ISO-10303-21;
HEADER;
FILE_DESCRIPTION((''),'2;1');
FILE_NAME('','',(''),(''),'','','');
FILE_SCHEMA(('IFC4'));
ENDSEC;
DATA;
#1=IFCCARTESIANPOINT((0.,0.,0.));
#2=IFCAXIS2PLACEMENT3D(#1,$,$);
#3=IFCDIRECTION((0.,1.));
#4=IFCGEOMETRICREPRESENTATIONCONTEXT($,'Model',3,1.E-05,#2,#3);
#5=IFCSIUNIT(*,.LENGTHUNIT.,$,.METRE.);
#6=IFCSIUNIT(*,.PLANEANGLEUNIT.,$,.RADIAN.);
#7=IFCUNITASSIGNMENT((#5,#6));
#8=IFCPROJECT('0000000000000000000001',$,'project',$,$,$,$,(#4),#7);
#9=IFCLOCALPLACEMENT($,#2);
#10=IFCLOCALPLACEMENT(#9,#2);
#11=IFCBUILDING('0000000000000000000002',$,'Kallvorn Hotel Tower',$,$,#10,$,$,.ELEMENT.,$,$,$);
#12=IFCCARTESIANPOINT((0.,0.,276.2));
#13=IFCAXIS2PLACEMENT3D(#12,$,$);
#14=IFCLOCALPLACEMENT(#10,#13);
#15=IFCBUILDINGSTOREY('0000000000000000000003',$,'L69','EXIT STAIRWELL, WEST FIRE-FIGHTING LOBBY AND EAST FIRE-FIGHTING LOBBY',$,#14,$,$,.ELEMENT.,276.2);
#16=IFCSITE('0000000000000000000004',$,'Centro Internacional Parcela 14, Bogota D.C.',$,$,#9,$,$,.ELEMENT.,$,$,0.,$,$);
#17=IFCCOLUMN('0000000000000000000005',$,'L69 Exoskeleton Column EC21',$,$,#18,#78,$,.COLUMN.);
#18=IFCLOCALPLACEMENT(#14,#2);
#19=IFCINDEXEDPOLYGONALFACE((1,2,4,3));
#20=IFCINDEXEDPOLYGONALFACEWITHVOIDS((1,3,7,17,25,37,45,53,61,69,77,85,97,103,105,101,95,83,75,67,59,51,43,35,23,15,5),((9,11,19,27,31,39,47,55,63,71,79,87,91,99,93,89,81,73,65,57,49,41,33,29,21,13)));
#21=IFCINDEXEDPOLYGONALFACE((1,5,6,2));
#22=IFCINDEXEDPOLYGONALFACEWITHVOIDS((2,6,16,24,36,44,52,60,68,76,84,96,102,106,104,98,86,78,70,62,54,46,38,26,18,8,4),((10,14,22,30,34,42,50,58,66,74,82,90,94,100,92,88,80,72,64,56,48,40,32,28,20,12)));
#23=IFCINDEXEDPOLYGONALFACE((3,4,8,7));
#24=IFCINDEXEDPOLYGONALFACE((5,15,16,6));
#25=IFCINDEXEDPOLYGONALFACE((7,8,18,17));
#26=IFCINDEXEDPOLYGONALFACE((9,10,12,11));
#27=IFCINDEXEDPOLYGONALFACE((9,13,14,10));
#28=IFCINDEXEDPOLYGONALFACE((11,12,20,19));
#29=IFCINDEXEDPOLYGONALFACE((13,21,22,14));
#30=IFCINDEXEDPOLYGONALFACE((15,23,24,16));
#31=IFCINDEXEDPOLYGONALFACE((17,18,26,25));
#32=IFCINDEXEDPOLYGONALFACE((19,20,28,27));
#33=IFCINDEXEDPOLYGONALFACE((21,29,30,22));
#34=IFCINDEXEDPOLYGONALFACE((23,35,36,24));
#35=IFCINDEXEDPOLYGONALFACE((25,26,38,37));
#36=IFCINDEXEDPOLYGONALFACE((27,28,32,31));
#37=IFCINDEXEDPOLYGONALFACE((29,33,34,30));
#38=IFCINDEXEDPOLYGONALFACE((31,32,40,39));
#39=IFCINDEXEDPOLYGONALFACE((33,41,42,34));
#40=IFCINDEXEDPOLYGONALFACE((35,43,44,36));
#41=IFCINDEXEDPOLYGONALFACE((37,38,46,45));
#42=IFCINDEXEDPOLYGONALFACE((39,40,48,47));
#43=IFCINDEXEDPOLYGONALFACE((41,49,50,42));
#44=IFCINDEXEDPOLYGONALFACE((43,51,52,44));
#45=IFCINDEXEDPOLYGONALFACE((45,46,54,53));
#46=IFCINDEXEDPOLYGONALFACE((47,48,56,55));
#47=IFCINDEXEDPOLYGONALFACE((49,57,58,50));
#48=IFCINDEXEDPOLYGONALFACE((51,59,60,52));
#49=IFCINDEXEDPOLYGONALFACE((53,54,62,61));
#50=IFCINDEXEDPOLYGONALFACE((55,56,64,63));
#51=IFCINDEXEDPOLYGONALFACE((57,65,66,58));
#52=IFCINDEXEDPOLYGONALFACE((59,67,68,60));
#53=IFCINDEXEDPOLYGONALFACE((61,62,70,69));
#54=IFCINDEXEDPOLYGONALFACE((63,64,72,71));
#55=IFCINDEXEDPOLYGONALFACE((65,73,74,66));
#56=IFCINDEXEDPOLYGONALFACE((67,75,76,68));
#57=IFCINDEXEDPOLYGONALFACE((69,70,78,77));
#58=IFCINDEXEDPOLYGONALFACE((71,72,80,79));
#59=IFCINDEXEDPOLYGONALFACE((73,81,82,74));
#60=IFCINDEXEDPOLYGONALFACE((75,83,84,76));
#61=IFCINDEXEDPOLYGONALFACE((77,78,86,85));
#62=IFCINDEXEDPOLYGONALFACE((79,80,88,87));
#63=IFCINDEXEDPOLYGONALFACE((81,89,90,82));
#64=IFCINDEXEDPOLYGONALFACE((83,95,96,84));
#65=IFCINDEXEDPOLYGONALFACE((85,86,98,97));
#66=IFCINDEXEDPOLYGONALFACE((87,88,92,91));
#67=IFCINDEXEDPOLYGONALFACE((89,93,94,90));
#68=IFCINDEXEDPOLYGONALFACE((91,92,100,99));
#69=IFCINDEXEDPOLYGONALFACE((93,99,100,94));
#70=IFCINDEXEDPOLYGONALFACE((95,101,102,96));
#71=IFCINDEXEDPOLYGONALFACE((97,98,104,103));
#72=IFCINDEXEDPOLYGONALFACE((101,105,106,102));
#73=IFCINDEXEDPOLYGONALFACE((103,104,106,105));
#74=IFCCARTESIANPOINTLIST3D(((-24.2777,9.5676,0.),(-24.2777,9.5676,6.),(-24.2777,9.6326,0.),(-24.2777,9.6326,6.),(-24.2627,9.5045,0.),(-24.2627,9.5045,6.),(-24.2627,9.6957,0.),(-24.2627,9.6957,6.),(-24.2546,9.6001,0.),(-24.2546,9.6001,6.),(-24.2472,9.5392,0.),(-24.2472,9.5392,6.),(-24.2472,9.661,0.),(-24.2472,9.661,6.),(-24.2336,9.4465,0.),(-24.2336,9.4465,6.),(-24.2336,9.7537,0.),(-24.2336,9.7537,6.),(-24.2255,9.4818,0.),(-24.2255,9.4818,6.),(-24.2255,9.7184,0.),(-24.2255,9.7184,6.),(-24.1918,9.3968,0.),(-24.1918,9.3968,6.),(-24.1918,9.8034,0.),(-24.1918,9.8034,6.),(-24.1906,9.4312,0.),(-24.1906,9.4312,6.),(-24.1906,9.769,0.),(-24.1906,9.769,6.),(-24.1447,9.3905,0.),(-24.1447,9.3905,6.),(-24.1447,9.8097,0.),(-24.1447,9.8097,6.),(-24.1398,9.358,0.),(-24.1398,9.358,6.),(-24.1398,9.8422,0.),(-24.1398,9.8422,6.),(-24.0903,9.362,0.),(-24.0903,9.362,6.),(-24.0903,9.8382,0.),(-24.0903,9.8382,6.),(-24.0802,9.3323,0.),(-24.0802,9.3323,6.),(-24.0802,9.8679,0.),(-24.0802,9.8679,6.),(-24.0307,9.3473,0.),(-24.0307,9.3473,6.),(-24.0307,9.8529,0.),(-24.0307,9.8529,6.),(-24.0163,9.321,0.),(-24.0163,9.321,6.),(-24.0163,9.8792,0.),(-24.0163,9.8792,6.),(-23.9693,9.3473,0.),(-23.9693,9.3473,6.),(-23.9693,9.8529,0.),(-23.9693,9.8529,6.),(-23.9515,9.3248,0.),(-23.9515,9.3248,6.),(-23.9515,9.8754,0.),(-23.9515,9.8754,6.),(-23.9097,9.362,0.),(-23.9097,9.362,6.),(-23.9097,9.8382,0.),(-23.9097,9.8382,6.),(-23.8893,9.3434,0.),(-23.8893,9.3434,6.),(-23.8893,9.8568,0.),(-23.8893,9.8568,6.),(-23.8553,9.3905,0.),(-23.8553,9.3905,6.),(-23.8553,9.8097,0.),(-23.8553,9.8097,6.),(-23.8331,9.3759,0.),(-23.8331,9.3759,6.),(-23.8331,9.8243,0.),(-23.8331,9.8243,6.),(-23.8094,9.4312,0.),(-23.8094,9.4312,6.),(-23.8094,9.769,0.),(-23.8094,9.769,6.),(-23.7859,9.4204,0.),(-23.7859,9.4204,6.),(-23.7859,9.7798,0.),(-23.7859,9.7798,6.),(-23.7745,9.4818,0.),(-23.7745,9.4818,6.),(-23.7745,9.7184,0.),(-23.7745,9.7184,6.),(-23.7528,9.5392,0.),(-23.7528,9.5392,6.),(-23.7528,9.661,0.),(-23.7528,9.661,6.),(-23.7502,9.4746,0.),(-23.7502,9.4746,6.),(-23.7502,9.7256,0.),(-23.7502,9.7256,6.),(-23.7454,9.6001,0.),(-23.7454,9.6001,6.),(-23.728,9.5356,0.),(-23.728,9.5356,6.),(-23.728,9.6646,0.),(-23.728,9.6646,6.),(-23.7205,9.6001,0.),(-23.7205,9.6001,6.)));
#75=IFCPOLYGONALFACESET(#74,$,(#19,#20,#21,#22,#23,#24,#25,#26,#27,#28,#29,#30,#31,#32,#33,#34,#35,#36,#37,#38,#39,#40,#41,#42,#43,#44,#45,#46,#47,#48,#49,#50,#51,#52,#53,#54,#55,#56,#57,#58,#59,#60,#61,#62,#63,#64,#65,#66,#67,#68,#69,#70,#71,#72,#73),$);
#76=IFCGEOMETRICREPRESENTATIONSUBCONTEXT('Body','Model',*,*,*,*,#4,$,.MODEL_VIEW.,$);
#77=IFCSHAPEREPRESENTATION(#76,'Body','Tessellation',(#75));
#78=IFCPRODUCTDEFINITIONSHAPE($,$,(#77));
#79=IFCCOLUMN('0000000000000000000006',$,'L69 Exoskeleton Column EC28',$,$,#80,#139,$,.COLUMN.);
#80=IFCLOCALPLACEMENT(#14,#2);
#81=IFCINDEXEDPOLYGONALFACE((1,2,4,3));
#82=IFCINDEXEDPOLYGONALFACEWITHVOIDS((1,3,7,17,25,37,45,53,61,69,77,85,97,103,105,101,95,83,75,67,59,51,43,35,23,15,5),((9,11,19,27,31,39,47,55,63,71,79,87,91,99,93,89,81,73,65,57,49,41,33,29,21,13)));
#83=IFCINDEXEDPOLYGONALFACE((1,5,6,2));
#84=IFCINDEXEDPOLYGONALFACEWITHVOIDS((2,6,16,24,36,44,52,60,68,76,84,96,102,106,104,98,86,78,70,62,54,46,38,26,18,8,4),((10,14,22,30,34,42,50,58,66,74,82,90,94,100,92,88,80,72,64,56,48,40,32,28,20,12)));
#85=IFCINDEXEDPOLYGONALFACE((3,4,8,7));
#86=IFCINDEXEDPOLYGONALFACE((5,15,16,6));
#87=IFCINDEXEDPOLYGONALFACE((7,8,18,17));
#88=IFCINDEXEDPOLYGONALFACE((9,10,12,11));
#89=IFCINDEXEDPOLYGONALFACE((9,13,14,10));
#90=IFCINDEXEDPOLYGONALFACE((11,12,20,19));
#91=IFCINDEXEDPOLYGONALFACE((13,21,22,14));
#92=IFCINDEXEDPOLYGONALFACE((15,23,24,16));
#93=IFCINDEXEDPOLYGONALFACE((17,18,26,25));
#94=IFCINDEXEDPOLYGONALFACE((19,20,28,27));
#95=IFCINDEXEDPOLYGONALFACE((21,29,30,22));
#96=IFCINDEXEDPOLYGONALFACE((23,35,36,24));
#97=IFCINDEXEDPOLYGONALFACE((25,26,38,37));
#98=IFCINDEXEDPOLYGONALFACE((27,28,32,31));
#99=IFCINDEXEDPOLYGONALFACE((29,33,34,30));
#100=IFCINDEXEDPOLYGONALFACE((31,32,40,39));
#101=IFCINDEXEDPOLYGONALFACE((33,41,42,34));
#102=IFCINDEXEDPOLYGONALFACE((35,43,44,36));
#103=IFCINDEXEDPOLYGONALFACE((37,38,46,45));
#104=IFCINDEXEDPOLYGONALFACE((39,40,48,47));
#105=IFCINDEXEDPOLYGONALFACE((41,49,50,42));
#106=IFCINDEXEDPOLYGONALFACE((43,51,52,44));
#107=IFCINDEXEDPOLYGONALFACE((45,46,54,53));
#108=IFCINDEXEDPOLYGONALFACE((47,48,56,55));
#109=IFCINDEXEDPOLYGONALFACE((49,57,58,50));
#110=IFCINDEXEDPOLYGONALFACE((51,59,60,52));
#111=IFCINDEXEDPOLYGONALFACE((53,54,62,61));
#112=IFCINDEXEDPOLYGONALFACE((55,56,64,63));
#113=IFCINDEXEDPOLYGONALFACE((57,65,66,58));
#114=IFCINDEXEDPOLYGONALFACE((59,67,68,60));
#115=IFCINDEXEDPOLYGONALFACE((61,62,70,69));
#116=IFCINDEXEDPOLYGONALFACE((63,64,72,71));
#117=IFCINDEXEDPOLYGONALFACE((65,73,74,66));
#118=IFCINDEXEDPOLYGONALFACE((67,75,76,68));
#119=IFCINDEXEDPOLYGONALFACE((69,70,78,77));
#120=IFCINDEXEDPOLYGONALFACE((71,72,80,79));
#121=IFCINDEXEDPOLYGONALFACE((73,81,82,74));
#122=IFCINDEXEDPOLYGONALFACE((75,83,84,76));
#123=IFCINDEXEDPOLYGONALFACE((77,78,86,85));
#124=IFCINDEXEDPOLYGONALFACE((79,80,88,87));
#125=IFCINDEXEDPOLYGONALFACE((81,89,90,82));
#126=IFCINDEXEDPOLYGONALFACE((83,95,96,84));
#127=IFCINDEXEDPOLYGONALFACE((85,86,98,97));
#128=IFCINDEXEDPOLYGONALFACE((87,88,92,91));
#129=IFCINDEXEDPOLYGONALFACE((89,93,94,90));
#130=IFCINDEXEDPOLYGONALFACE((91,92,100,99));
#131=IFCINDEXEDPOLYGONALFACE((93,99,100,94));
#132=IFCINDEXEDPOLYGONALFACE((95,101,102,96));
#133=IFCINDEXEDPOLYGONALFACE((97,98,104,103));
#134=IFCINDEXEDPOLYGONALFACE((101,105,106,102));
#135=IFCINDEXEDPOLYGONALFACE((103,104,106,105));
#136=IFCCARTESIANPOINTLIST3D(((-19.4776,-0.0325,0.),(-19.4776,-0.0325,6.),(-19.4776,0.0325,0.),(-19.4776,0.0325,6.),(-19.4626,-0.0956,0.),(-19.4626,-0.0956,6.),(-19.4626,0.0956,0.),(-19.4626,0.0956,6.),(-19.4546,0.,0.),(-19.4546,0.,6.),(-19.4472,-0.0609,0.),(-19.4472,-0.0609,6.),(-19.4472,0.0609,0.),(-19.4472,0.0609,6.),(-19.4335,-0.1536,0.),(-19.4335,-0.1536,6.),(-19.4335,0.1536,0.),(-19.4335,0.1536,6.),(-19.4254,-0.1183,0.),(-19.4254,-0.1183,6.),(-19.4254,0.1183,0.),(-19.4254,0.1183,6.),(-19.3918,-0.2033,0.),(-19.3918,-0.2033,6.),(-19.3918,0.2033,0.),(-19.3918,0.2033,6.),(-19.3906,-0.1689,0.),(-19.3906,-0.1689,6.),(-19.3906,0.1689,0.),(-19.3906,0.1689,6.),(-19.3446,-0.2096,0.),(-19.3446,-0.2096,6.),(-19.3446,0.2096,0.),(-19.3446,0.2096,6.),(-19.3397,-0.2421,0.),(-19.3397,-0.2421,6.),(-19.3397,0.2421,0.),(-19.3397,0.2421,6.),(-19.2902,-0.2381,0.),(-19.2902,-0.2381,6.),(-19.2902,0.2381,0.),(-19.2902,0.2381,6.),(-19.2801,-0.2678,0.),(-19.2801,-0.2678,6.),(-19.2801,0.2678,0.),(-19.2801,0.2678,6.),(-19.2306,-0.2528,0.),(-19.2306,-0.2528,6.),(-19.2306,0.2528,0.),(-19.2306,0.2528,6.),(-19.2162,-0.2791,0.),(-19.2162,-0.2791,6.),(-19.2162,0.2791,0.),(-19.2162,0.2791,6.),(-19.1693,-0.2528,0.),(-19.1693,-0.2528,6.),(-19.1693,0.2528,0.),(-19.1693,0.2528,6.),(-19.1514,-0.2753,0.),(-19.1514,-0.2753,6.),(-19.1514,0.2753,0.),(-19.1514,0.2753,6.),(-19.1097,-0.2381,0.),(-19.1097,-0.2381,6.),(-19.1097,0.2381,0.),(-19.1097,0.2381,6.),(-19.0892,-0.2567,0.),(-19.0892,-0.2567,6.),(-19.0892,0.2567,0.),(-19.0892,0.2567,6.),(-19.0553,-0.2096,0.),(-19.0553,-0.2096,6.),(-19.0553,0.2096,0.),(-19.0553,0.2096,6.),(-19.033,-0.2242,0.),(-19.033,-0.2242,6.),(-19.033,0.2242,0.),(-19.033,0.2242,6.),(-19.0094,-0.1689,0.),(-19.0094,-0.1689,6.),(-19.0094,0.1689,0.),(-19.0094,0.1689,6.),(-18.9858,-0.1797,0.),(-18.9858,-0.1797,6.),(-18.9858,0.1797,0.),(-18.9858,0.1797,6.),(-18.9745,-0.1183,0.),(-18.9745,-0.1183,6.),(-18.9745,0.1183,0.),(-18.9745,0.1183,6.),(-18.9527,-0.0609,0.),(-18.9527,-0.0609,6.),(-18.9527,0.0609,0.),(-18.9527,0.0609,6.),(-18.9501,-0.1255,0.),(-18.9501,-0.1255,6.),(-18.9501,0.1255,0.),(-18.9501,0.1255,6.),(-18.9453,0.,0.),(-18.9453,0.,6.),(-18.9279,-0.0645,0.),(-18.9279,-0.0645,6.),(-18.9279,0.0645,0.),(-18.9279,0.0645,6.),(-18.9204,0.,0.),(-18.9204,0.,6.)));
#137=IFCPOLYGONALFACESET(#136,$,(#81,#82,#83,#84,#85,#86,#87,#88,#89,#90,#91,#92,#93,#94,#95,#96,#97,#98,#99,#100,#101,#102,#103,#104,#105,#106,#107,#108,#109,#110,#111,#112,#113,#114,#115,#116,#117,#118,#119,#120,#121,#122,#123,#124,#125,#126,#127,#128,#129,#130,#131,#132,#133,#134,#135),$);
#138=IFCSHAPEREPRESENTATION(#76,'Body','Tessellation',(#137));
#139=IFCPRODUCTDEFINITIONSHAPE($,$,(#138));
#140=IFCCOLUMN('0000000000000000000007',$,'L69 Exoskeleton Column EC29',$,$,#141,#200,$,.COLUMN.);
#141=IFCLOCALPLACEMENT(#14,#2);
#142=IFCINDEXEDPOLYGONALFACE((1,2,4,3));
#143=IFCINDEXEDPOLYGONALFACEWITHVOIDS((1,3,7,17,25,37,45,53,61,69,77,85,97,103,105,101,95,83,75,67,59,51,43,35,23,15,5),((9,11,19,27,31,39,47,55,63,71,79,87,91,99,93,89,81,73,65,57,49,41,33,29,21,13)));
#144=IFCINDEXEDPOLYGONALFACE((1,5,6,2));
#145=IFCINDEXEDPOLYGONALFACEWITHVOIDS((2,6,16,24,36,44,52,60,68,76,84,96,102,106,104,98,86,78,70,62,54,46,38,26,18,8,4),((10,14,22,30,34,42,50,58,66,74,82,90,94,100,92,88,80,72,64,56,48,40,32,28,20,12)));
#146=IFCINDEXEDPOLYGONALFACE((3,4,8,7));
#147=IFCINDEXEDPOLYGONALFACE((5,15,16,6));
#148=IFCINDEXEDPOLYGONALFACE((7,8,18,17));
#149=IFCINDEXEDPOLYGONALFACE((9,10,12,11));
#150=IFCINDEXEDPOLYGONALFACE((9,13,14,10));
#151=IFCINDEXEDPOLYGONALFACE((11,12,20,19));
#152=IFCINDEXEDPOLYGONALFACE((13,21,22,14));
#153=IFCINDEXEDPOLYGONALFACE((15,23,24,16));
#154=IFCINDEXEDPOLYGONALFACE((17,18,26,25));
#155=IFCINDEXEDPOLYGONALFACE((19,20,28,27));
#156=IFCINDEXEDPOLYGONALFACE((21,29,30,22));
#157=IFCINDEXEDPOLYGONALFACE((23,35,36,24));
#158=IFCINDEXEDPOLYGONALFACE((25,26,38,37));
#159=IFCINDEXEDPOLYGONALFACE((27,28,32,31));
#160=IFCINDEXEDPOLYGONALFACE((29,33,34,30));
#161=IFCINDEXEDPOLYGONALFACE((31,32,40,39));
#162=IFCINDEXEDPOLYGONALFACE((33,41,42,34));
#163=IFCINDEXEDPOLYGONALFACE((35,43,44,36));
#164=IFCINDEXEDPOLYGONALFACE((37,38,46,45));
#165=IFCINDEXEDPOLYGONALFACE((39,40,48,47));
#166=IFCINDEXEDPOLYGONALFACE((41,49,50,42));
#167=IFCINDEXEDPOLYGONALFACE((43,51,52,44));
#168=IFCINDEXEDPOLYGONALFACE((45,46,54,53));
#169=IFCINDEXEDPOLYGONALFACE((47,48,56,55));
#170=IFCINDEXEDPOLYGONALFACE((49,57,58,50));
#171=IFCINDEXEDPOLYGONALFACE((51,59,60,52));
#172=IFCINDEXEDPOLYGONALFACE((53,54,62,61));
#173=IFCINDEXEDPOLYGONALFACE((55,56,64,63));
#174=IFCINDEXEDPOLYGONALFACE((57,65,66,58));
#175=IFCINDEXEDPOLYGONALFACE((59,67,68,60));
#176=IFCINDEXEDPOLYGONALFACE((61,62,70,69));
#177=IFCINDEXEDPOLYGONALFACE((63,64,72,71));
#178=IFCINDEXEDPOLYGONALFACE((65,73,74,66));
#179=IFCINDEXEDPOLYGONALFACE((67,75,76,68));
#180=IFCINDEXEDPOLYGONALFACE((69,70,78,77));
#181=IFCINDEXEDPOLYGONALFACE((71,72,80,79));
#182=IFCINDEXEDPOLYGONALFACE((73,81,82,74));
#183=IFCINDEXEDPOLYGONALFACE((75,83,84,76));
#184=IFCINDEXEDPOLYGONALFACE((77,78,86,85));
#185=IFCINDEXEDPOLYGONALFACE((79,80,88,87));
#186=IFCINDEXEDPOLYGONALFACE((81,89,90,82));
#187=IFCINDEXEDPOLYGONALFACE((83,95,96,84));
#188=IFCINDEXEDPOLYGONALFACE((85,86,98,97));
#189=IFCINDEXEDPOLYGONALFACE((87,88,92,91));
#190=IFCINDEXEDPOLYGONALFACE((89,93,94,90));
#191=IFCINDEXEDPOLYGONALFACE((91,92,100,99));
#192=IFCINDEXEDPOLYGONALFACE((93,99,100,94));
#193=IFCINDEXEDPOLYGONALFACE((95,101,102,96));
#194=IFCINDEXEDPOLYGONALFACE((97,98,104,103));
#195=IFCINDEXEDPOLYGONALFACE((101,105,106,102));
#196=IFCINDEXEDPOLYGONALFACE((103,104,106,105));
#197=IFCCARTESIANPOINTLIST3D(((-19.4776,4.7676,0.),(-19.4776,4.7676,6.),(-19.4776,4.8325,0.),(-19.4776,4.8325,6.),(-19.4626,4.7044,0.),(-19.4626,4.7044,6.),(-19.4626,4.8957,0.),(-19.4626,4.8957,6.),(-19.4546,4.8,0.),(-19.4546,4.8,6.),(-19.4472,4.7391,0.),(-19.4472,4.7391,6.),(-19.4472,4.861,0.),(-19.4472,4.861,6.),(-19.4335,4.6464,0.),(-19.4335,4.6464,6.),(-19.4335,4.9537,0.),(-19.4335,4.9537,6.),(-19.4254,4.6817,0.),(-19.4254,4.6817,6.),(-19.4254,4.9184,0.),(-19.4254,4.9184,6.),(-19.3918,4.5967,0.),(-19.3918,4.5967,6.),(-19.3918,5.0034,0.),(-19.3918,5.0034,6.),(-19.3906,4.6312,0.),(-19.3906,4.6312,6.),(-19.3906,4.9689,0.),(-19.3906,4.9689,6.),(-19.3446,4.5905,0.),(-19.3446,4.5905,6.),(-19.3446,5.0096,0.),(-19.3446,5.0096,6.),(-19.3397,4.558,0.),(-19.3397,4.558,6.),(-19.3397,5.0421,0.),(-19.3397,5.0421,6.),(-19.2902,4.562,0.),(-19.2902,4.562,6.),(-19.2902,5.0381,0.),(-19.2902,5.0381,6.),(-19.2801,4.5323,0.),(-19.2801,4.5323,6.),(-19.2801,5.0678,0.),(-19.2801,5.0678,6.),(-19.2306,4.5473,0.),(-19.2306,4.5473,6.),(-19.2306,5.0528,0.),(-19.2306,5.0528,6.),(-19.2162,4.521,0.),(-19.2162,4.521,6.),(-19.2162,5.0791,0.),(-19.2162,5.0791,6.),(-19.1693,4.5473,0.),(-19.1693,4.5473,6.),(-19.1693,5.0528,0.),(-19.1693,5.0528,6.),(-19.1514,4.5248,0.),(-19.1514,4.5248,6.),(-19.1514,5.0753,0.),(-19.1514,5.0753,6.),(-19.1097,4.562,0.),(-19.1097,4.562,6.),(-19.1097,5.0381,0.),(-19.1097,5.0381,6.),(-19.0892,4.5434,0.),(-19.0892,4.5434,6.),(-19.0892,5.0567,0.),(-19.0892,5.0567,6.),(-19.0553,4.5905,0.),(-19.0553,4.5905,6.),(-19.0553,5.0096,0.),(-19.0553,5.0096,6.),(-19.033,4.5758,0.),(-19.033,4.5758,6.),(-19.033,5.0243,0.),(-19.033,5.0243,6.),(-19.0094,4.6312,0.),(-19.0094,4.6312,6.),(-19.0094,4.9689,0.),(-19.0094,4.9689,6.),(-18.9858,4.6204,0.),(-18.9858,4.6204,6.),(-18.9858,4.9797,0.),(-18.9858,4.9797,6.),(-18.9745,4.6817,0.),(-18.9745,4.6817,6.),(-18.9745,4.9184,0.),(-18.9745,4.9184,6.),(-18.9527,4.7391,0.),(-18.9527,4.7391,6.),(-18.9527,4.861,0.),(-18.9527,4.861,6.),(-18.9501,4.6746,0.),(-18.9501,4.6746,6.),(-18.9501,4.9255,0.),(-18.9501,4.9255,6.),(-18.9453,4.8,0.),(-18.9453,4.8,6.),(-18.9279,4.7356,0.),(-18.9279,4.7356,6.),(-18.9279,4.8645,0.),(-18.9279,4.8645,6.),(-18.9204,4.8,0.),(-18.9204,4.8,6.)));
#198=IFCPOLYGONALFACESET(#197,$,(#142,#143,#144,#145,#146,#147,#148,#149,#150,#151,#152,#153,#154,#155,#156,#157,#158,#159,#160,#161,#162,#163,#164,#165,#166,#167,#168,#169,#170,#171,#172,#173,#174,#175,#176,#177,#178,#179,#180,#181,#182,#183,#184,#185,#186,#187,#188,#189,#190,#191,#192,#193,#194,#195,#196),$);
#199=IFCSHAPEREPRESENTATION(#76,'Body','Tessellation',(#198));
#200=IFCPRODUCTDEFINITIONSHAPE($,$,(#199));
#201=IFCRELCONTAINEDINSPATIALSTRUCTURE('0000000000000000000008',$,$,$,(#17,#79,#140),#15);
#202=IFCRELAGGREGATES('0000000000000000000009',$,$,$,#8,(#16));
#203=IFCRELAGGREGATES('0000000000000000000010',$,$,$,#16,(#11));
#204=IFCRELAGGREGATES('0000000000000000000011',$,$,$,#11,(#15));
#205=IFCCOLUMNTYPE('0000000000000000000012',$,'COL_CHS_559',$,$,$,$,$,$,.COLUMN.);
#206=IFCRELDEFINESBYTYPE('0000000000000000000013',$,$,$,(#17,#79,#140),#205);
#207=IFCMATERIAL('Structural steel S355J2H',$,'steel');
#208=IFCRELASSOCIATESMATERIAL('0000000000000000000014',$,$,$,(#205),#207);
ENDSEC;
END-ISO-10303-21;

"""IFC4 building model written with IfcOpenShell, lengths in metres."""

from ifc_helpers import new_model, si_unit, direction, frame, origin, origin_2d, place, context, subcontext, project, spatial, hollow_circle, extrude, material, material_profile, profile_set, type_object, element, save


model = new_model("IFC4")

# Units and contexts
model_context = context("Model", 3, precision=1e-05, world=origin(), true_north=direction((0.0, 1.0)))
body_context = subcontext(model_context, "Body", "Model", "MODEL_VIEW")
ifc_project = project(units=[si_unit("LENGTHUNIT", "METRE"), si_unit("PLANEANGLEUNIT", "RADIAN")], contexts=[model_context])

# Site, building, storey
site_placement = place(None, origin())
site = spatial("IfcSite", under=ifc_project, at=site_placement, Name="Centro Internacional Parcela 14, Bogota D.C.", CompositionType="ELEMENT", RefElevation=0.0)
building_placement = place(site_placement, origin())
building = spatial("IfcBuilding", under=site, at=building_placement, Name="Kallvorn Hotel Tower", CompositionType="ELEMENT")
storey_placement = place(building_placement, frame((0.0, 0.0, 276.2)))
storey = spatial("IfcBuildingStorey", under=building, at=storey_placement, Name="L69", Description="EXIT STAIRWELL, WEST FIRE-FIGHTING LOBBY AND EAST FIRE-FIGHTING LOBBY", CompositionType="ELEMENT", Elevation=276.2)

# Columns
ifc_material_1 = material(Name="Structural steel S355J2H", Category="steel")
ifc_material_profile_1 = material_profile(ifc_material_1, hollow_circle(Radius=0.2795, WallThickness=0.0249, at=origin_2d()), Name="CHS 559x25")
ifc_profile_set_1 = profile_set([ifc_material_profile_1], Name="Structural steel S355J2H")
column_type_1 = type_object("IfcColumnType", Name="COL_CHS_559", PredefinedType="COLUMN", material=ifc_profile_set_1)
for number, where, z_axis, x_axis, name in (
    (1, (-24.0, 9.6001, 0.0), (0.0, 0.0, 1.0), (1.0, 0.0, 0.0), "L69 Exoskeleton Column EC21"),
    (2, (-19.2, 0.0, 0.0), (0.0, 0.0, 1.0), (1.0, 0.0, 0.0), "L69 Exoskeleton Column EC28"),
    (3, (-19.2, 4.8, 0.0), (0.0, 0.0, 1.0), (1.0, 0.0, 0.0), "L69 Exoskeleton Column EC29"),
):
    element("IfcColumn", number, at=place(storey_placement, frame(where, z_axis=z_axis, x_axis=x_axis)), inside=storey, type_object=column_type_1, Name=name, PredefinedType="COLUMN", context=body_context, shape_type="SweptSolid", body=[
        extrude(hollow_circle(Radius=0.2795, WallThickness=0.0249, at=origin_2d()), origin(), (0.0, 0.0, 1.0), 6.0),
    ])

save(model, "model.ifc")
